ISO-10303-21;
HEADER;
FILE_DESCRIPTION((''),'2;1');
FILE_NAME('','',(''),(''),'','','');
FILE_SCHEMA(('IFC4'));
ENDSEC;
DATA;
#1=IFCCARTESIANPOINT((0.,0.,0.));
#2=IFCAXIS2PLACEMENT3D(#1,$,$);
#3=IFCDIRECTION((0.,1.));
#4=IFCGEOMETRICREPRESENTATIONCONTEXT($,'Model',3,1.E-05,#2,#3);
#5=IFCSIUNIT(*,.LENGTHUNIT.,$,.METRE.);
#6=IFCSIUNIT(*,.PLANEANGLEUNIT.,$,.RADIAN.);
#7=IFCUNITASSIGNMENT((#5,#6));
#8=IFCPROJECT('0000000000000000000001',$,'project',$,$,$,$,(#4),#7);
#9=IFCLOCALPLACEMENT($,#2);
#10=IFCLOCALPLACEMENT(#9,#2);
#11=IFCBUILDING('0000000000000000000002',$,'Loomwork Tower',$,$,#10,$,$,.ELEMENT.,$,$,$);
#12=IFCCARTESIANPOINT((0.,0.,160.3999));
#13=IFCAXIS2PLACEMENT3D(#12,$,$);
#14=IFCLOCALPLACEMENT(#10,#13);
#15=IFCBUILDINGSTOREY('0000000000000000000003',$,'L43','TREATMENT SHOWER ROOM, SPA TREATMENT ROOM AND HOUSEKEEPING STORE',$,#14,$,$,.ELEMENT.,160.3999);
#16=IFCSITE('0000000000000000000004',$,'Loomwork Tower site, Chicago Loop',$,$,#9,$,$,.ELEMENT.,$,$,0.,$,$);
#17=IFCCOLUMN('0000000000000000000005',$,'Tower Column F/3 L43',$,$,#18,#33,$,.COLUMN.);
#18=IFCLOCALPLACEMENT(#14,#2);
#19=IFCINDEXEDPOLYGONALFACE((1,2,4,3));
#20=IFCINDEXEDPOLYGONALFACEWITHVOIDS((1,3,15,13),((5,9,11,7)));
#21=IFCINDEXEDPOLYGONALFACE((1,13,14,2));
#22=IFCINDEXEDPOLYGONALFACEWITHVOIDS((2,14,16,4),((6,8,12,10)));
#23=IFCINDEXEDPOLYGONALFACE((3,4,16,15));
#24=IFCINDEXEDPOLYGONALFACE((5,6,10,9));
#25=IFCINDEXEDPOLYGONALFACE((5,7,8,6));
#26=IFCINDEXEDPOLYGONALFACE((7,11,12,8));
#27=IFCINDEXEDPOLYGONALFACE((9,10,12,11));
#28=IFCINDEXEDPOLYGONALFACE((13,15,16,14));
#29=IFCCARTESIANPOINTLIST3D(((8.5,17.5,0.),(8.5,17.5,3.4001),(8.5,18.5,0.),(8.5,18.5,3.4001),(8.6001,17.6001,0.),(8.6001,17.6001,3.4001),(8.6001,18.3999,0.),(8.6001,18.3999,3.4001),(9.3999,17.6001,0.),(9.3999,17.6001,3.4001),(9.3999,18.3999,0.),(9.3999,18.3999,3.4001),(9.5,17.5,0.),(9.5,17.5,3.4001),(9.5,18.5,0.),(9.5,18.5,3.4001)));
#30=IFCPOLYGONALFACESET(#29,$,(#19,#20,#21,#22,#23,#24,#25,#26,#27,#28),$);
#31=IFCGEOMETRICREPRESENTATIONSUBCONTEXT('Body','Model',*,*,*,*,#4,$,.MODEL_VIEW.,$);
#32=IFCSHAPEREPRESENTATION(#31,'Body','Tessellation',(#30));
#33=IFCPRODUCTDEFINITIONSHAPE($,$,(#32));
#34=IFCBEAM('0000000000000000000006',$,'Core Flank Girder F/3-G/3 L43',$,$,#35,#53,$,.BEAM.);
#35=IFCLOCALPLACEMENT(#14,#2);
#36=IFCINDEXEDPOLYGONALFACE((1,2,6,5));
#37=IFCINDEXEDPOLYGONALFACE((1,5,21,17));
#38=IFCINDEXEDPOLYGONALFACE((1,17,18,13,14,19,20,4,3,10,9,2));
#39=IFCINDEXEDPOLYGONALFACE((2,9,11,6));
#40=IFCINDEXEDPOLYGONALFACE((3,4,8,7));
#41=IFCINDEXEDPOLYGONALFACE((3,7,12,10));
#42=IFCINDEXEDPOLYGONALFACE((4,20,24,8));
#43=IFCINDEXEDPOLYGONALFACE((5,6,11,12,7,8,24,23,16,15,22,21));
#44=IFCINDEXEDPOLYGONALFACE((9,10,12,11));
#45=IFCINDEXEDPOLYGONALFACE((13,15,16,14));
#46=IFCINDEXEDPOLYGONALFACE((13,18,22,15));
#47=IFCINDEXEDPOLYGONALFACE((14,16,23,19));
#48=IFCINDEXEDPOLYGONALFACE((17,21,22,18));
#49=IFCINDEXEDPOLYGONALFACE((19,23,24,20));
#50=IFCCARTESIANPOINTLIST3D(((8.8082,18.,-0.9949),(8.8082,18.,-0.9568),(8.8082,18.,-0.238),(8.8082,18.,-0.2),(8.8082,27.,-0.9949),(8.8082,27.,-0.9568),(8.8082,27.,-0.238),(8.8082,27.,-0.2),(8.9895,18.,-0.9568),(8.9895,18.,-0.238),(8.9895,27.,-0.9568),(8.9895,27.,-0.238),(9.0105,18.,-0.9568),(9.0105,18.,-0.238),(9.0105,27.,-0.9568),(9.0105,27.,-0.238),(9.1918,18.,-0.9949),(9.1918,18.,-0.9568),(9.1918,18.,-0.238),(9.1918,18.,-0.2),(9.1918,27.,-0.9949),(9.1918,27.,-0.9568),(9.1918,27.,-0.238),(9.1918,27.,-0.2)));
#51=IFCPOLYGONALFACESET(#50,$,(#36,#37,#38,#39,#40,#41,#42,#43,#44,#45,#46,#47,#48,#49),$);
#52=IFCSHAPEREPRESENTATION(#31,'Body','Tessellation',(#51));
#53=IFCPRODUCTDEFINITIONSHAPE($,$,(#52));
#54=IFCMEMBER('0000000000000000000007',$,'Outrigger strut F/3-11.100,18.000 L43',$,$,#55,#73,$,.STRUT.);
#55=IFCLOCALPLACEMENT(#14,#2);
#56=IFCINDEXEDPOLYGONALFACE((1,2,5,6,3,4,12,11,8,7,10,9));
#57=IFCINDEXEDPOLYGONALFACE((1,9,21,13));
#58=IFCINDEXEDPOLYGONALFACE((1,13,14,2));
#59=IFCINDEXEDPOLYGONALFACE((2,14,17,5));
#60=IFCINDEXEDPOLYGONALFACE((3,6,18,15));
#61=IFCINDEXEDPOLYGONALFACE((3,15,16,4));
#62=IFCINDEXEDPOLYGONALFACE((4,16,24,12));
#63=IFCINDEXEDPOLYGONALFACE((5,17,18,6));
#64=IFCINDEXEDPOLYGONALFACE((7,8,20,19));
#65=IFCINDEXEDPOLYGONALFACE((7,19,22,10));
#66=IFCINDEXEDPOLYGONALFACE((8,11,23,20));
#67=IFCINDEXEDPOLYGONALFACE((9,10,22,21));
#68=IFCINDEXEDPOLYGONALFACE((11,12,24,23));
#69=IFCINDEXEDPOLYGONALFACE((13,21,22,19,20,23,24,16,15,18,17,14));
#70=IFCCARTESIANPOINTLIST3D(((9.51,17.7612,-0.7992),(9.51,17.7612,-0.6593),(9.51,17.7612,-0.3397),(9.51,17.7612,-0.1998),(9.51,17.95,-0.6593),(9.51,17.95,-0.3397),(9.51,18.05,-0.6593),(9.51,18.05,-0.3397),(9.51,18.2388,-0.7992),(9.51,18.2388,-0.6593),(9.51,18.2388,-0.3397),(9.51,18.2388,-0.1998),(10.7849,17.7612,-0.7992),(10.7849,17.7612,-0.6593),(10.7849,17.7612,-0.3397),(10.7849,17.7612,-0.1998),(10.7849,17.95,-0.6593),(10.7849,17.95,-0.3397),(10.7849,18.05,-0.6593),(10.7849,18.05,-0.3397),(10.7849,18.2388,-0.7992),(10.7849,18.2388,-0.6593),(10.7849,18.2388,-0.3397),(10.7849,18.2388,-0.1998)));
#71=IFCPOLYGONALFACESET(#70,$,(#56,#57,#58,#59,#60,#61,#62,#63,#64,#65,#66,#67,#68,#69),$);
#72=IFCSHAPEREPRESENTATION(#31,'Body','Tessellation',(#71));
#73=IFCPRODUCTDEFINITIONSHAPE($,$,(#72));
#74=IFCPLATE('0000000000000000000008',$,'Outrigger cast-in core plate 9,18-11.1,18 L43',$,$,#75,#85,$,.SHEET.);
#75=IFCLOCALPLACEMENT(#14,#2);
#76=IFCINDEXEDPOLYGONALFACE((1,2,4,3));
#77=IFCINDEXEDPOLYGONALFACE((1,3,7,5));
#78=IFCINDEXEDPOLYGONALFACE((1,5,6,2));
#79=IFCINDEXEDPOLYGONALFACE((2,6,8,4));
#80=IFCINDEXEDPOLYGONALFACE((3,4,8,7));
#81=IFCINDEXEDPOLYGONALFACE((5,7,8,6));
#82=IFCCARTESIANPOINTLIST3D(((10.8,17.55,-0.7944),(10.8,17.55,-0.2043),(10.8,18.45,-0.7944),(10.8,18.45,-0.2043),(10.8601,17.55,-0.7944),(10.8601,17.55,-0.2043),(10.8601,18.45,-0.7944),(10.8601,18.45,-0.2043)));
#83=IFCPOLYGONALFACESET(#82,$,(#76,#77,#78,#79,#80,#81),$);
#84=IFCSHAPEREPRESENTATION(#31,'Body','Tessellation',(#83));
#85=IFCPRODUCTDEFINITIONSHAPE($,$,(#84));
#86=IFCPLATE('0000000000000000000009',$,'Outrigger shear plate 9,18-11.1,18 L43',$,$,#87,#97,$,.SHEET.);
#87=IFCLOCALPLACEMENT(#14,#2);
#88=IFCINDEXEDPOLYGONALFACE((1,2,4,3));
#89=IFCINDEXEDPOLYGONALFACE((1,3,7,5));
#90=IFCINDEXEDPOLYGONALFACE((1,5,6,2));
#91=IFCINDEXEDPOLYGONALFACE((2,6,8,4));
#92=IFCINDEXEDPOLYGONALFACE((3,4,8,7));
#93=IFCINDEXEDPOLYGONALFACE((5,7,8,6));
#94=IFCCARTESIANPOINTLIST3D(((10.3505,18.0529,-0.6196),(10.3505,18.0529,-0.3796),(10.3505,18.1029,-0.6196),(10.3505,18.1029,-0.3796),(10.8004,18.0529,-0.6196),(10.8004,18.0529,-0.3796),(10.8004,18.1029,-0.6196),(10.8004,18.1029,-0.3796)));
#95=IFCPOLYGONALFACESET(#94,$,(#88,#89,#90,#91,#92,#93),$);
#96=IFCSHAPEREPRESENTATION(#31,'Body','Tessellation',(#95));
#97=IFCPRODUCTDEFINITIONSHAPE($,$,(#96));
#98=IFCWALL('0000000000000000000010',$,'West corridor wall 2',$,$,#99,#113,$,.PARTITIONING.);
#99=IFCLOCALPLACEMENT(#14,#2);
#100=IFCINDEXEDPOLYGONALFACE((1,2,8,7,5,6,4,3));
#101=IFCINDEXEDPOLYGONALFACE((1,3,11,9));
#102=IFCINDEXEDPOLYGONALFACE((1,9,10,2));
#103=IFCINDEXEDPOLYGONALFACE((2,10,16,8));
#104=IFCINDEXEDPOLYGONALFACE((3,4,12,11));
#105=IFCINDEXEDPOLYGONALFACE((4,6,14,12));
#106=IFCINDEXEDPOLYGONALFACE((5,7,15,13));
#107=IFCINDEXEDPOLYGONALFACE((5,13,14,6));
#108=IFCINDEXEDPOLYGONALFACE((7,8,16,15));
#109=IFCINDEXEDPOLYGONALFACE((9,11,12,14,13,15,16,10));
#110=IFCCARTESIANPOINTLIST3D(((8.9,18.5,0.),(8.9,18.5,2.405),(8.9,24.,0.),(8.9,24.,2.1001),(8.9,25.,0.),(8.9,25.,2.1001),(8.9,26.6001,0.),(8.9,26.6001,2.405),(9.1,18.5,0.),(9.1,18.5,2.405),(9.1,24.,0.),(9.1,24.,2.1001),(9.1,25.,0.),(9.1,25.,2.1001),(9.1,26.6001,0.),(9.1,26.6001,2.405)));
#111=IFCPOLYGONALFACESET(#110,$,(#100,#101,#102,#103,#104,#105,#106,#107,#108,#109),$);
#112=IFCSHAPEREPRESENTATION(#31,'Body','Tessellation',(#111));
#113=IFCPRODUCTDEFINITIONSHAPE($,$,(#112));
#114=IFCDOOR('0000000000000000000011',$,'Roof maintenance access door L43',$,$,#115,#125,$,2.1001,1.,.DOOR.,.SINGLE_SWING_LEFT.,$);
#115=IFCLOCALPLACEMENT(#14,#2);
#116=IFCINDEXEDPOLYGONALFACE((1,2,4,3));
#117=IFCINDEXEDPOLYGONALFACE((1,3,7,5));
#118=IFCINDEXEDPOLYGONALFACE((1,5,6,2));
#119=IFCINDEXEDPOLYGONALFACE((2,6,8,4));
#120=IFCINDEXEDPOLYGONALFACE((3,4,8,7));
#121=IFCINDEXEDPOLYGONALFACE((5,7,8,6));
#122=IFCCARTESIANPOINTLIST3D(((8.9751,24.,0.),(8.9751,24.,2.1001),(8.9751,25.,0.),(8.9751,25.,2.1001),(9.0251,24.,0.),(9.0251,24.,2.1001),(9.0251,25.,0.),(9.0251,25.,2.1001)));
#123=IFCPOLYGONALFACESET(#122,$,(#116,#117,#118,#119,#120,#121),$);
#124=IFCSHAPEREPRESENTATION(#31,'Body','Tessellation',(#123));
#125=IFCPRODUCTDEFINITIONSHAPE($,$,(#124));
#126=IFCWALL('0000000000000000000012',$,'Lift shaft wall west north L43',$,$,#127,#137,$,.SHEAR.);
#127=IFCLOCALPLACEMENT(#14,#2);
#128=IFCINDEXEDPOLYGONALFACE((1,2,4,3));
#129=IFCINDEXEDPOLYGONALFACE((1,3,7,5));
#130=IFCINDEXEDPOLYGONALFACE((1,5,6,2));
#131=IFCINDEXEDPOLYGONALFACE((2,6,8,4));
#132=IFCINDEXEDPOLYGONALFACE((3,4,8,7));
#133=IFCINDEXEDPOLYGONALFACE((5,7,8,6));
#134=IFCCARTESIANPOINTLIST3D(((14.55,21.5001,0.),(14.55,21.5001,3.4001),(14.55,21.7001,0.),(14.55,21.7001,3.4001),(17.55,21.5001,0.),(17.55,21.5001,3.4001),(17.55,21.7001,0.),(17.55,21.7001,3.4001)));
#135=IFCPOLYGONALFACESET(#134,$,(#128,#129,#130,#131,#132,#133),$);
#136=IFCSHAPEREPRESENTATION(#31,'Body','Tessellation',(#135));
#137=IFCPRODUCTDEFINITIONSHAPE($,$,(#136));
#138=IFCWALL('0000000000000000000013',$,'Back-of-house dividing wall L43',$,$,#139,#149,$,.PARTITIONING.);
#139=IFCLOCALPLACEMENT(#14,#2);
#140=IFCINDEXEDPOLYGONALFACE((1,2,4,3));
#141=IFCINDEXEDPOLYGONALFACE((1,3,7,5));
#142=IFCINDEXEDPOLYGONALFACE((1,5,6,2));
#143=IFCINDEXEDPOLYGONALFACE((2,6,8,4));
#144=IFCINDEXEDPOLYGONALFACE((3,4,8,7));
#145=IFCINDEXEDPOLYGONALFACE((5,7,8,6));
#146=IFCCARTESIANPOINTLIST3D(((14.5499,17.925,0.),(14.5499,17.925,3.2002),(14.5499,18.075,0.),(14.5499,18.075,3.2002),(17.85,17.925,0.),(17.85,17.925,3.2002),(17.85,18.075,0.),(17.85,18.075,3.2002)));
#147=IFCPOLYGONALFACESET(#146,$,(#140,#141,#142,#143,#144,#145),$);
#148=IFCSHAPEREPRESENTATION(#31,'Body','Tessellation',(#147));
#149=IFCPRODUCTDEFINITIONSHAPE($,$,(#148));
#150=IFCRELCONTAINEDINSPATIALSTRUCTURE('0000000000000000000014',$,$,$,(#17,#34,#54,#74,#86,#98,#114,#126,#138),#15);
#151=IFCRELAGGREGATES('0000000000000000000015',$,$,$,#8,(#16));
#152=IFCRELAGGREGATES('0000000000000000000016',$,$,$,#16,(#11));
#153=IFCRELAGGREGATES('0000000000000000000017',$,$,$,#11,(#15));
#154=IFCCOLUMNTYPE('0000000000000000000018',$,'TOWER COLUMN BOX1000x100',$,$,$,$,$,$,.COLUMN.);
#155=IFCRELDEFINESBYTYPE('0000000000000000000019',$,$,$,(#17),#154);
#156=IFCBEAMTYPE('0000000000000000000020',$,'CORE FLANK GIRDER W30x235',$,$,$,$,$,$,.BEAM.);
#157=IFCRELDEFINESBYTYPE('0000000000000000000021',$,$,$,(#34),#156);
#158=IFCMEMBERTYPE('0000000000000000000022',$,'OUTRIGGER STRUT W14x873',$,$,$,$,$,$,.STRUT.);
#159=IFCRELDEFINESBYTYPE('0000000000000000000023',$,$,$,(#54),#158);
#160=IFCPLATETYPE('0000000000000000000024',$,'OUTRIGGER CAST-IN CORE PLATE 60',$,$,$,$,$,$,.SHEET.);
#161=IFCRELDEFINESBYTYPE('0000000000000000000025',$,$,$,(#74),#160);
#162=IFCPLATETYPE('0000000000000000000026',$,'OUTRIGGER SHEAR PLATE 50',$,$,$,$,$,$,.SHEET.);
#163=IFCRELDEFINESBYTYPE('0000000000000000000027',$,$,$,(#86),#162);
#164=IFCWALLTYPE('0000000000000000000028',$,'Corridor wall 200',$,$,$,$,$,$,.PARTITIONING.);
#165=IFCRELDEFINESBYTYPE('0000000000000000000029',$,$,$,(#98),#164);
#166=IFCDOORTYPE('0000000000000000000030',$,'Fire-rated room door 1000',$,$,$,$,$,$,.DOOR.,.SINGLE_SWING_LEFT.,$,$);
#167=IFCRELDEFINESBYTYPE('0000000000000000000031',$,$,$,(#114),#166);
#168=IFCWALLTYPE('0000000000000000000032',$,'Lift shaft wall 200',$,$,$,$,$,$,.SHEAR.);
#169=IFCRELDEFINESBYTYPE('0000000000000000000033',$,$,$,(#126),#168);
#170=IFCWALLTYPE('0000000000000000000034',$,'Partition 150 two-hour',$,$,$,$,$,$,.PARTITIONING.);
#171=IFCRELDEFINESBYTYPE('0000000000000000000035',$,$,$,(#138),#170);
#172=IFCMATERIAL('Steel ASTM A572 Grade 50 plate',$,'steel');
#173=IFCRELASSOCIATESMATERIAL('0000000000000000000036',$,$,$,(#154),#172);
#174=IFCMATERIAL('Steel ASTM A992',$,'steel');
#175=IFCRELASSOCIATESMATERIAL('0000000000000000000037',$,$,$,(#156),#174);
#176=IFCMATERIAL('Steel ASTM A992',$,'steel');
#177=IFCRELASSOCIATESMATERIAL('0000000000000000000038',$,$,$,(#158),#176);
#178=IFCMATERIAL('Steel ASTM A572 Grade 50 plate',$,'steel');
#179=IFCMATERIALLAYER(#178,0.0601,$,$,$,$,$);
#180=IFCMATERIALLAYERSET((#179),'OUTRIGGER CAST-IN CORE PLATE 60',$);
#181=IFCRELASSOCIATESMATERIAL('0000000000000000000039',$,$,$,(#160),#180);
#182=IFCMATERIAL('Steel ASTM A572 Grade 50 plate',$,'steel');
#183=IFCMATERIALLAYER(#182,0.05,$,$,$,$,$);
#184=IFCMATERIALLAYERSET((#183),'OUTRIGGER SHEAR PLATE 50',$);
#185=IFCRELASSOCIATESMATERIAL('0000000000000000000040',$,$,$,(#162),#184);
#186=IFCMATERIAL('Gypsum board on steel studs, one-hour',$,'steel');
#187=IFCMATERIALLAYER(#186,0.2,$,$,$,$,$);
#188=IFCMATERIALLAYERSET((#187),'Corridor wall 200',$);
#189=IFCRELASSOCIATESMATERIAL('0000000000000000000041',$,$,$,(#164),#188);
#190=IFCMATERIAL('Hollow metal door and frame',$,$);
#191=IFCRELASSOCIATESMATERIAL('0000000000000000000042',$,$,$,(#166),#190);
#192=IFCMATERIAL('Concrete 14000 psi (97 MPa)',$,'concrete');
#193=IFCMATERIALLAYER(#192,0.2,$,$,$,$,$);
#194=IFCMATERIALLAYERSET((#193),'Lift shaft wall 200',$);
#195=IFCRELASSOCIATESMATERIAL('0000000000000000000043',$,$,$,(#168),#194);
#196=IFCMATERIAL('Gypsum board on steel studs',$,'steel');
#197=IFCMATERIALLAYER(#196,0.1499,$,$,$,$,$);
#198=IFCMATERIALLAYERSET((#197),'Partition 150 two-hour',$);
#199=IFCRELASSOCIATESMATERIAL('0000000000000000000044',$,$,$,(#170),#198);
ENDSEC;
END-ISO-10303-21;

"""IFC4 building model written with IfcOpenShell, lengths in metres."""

from ifc_helpers import new_model, si_unit, direction, frame, frame_2d, origin, origin_2d, place, context, subcontext, project, spatial, rectangle, hollow_rectangle, i_section, extrude, material, layer, layer_set, material_profile, profile_set, type_object, element, fill, save


model = new_model("IFC4")

# Units and contexts
model_context = context("Model", 3, precision=1e-05, world=origin(), true_north=direction((0.0, 1.0)))
body_context = subcontext(model_context, "Body", "Model", "MODEL_VIEW")
ifc_project = project(units=[si_unit("LENGTHUNIT", "METRE"), si_unit("PLANEANGLEUNIT", "RADIAN")], contexts=[model_context])

# Site, building, storey
site_placement = place(None, origin())
site = spatial("IfcSite", under=ifc_project, at=site_placement, Name="Loomwork Tower site, Chicago Loop", CompositionType="ELEMENT", RefElevation=0.0)
building_placement = place(site_placement, origin())
building = spatial("IfcBuilding", under=site, at=building_placement, Name="Loomwork Tower", CompositionType="ELEMENT")
storey_placement = place(building_placement, frame((0.0, 0.0, 160.3999)))
storey = spatial("IfcBuildingStorey", under=building, at=storey_placement, Name="L43", Description="TREATMENT SHOWER ROOM, SPA TREATMENT ROOM AND HOUSEKEEPING STORE", CompositionType="ELEMENT", Elevation=160.3999)

# Column
ifc_material_1 = material(Name="Steel ASTM A572 Grade 50 plate", Category="steel")
ifc_material_profile_1 = material_profile(ifc_material_1, hollow_rectangle(XDim=1.0, YDim=1.0, WallThickness=0.1001, at=origin_2d()), Name="BOX1000x100")
ifc_profile_set_1 = profile_set([ifc_material_profile_1], Name="Steel ASTM A572 Grade 50 plate")
column_type = type_object("IfcColumnType", Name="TOWER COLUMN BOX1000x100", PredefinedType="COLUMN", material=ifc_profile_set_1)
column_placement = place(storey_placement, frame((9.0, 18.0, 0.0), z_axis=(0.0, 0.0, 1.0), x_axis=(1.0, 0.0, 0.0)))
element("IfcColumn", 1, at=column_placement, inside=storey, type_object=column_type, Name="Tower Column F/3 L43", PredefinedType="COLUMN", context=body_context, shape_type="SweptSolid", body=[
    extrude(hollow_rectangle(XDim=1.0, YDim=1.0, WallThickness=0.1001, at=origin_2d()), origin(), (0.0, 0.0, 1.0), 3.4001),
])

# Beam
ifc_material_2 = material(Name="Steel ASTM A992", Category="steel")
ifc_material_profile_2 = material_profile(ifc_material_2, i_section(OverallWidth=0.3835, OverallDepth=0.7949, WebThickness=0.021, FlangeThickness=0.0381, at=origin_2d()), Name="W30x235")
ifc_profile_set_2 = profile_set([ifc_material_profile_2], Name="Steel ASTM A992")
beam_type = type_object("IfcBeamType", Name="CORE FLANK GIRDER W30x235", PredefinedType="BEAM", material=ifc_profile_set_2)
beam_placement = place(storey_placement, frame((9.0, 18.0, -0.5974), z_axis=(0.0, 1.0, 0.0), x_axis=(-1.0, 0.0, 0.0)))
element("IfcBeam", 2, at=beam_placement, inside=storey, type_object=beam_type, Name="Core Flank Girder F/3-G/3 L43", PredefinedType="BEAM", context=body_context, shape_type="SweptSolid", body=[
    extrude(i_section(OverallWidth=0.3835, OverallDepth=0.7949, WebThickness=0.021, FlangeThickness=0.0381, at=origin_2d()), origin(), (0.0, 0.0, 1.0), 9.0),
])

# Member
ifc_material_3 = material(Name="Steel ASTM A992", Category="steel")
ifc_material_profile_3 = material_profile(ifc_material_3, i_section(OverallWidth=0.4775, OverallDepth=0.5994, WebThickness=0.1001, FlangeThickness=0.1399, at=origin_2d()), Name="W14x873")
ifc_profile_set_3 = profile_set([ifc_material_profile_3], Name="Steel ASTM A992")
member_type = type_object("IfcMemberType", Name="OUTRIGGER STRUT W14x873", PredefinedType="STRUT", material=ifc_profile_set_3)
member_placement = place(storey_placement, frame((9.51, 18.0, -0.4995), z_axis=(1.0, 0.0, 0.0), x_axis=(0.0, 1.0, 0.0)))
element("IfcMember", 3, at=member_placement, inside=storey, type_object=member_type, Name="Outrigger strut F/3-11.100,18.000 L43", PredefinedType="STRUT", context=body_context, shape_type="SweptSolid", body=[
    extrude(i_section(OverallWidth=0.4775, OverallDepth=0.5994, WebThickness=0.1001, FlangeThickness=0.1399, at=origin_2d()), origin(), (0.0, 0.0, 1.0), 1.2749),
])

# Plates
ifc_material_4 = material(Name="Steel ASTM A572 Grade 50 plate", Category="steel")
ifc_layer_1 = layer(ifc_material_4, 0.0601)
ifc_layer_set_1 = layer_set([ifc_layer_1], Name="OUTRIGGER CAST-IN CORE PLATE 60")
plate_type_1 = type_object("IfcPlateType", Name="OUTRIGGER CAST-IN CORE PLATE 60", PredefinedType="SHEET", material=ifc_layer_set_1)
plate_1_placement = place(storey_placement, frame((10.8301, 18.0, -0.7944), z_axis=(0.0, 0.0, 1.0), x_axis=(0.0, 1.0, 0.0)))
element("IfcPlate", 4, at=plate_1_placement, inside=storey, type_object=plate_type_1, Name="Outrigger cast-in core plate 9,18-11.1,18 L43", PredefinedType="SHEET", context=body_context, shape_type="SweptSolid", body=[
    extrude(rectangle(XDim=0.8999, YDim=0.0601, at=origin_2d()), origin(), (0.0, 0.0, 1.0), 0.5901),
])
ifc_material_5 = material(Name="Steel ASTM A572 Grade 50 plate", Category="steel")
ifc_layer_2 = layer(ifc_material_5, 0.05)
ifc_layer_set_2 = layer_set([ifc_layer_2], Name="OUTRIGGER SHEAR PLATE 50")
plate_type_2 = type_object("IfcPlateType", Name="OUTRIGGER SHEAR PLATE 50", PredefinedType="SHEET", material=ifc_layer_set_2)
plate_2_placement = place(storey_placement, frame((10.5754, 18.0779, -0.6196), z_axis=(0.0, 0.0, 1.0), x_axis=(1.0, 0.0, 0.0)))
element("IfcPlate", 5, at=plate_2_placement, inside=storey, type_object=plate_type_2, Name="Outrigger shear plate 9,18-11.1,18 L43", PredefinedType="SHEET", context=body_context, shape_type="SweptSolid", body=[
    extrude(rectangle(XDim=0.45, YDim=0.05, at=origin_2d()), origin(), (0.0, 0.0, 1.0), 0.24),
])

# Wall, opening, door
ifc_material_6 = material(Name="Gypsum board on steel studs, one-hour", Category="steel")
ifc_layer_3 = layer(ifc_material_6, 0.2)
ifc_layer_set_3 = layer_set([ifc_layer_3], Name="Corridor wall 200")
wall_type_1 = type_object("IfcWallType", Name="Corridor wall 200", PredefinedType="PARTITIONING", material=ifc_layer_set_3)
wall_1_placement = place(storey_placement, frame((9.0, 18.5, 0.0), z_axis=(0.0, 0.0, 1.0), x_axis=(0.0, 1.0, 0.0)))
wall_1 = element("IfcWall", 6, at=wall_1_placement, inside=storey, type_object=wall_type_1, Name="West corridor wall 2", PredefinedType="PARTITIONING", context=body_context, shape_type="SweptSolid", body=[
    extrude(rectangle(XDim=8.1001, YDim=0.2, at=frame_2d((4.05, 0.0))), origin(), (0.0, 0.0, 1.0), 2.405),
])
opening_placement = place(wall_1_placement, frame((5.5, 0.0, 0.0)))
opening = element("IfcOpeningElement", 7, at=opening_placement, cuts=wall_1, PredefinedType="OPENING", context=body_context, shape_type="SweptSolid", body=[
    extrude(rectangle(XDim=1.0, YDim=2.1001, at=frame_2d((0.5, 1.05))), frame((0.0, 0.1099, 0.0), z_axis=(0.0, -1.0, 0.0), x_axis=(1.0, 0.0, 0.0)), (0.0, 0.0, 1.0), 0.22),
])
ifc_material_7 = material(Name="Hollow metal door and frame")
door_type = type_object("IfcDoorType", Name="Fire-rated room door 1000", OperationType="SINGLE_SWING_LEFT", PredefinedType="DOOR", material=ifc_material_7)
door_placement = place(opening_placement, origin())
door = element("IfcDoor", 8, at=door_placement, inside=storey, type_object=door_type, Name="Roof maintenance access door L43", OperationType="SINGLE_SWING_LEFT", OverallHeight=2.1001, OverallWidth=1.0, PredefinedType="DOOR", context=body_context, shape_type="SweptSolid", body=[
    extrude(rectangle(XDim=1.0, YDim=2.1001, at=frame_2d((0.5, 1.05))), frame((0.0, 0.0249, 0.0), z_axis=(0.0, -1.0, 0.0), x_axis=(1.0, 0.0, 0.0)), (0.0, 0.0, 1.0), 0.05),
])
fill(opening, door)

# Walls
ifc_material_8 = material(Name="Concrete 14000 psi (97 MPa)", Category="concrete")
ifc_layer_4 = layer(ifc_material_8, 0.2)
ifc_layer_set_4 = layer_set([ifc_layer_4], Name="Lift shaft wall 200")
wall_type_2 = type_object("IfcWallType", Name="Lift shaft wall 200", PredefinedType="SHEAR", material=ifc_layer_set_4)
wall_2_placement = place(storey_placement, frame((14.55, 21.6001, 0.0), z_axis=(0.0, 0.0, 1.0), x_axis=(1.0, 0.0, 0.0)))
element("IfcWall", 9, at=wall_2_placement, inside=storey, type_object=wall_type_2, Name="Lift shaft wall west north L43", PredefinedType="SHEAR", context=body_context, shape_type="SweptSolid", body=[
    extrude(rectangle(XDim=3.0, YDim=0.2, at=frame_2d((1.5, 0.0))), origin(), (0.0, 0.0, 1.0), 3.4001),
])
ifc_material_9 = material(Name="Gypsum board on steel studs", Category="steel")
ifc_layer_5 = layer(ifc_material_9, 0.1499)
ifc_layer_set_5 = layer_set([ifc_layer_5], Name="Partition 150 two-hour")
wall_type_3 = type_object("IfcWallType", Name="Partition 150 two-hour", PredefinedType="PARTITIONING", material=ifc_layer_set_5)
wall_3_placement = place(storey_placement, frame((14.55, 18.0, 0.0), z_axis=(0.0, 0.0, 1.0), x_axis=(1.0, 0.0, 0.0)))
element("IfcWall", 10, at=wall_3_placement, inside=storey, type_object=wall_type_3, Name="Back-of-house dividing wall L43", PredefinedType="PARTITIONING", context=body_context, shape_type="SweptSolid", body=[
    extrude(rectangle(XDim=3.3, YDim=0.1499, at=frame_2d((1.6499, 0.0))), origin(), (0.0, 0.0, 1.0), 3.2002),
])

save(model, "model.ifc")
